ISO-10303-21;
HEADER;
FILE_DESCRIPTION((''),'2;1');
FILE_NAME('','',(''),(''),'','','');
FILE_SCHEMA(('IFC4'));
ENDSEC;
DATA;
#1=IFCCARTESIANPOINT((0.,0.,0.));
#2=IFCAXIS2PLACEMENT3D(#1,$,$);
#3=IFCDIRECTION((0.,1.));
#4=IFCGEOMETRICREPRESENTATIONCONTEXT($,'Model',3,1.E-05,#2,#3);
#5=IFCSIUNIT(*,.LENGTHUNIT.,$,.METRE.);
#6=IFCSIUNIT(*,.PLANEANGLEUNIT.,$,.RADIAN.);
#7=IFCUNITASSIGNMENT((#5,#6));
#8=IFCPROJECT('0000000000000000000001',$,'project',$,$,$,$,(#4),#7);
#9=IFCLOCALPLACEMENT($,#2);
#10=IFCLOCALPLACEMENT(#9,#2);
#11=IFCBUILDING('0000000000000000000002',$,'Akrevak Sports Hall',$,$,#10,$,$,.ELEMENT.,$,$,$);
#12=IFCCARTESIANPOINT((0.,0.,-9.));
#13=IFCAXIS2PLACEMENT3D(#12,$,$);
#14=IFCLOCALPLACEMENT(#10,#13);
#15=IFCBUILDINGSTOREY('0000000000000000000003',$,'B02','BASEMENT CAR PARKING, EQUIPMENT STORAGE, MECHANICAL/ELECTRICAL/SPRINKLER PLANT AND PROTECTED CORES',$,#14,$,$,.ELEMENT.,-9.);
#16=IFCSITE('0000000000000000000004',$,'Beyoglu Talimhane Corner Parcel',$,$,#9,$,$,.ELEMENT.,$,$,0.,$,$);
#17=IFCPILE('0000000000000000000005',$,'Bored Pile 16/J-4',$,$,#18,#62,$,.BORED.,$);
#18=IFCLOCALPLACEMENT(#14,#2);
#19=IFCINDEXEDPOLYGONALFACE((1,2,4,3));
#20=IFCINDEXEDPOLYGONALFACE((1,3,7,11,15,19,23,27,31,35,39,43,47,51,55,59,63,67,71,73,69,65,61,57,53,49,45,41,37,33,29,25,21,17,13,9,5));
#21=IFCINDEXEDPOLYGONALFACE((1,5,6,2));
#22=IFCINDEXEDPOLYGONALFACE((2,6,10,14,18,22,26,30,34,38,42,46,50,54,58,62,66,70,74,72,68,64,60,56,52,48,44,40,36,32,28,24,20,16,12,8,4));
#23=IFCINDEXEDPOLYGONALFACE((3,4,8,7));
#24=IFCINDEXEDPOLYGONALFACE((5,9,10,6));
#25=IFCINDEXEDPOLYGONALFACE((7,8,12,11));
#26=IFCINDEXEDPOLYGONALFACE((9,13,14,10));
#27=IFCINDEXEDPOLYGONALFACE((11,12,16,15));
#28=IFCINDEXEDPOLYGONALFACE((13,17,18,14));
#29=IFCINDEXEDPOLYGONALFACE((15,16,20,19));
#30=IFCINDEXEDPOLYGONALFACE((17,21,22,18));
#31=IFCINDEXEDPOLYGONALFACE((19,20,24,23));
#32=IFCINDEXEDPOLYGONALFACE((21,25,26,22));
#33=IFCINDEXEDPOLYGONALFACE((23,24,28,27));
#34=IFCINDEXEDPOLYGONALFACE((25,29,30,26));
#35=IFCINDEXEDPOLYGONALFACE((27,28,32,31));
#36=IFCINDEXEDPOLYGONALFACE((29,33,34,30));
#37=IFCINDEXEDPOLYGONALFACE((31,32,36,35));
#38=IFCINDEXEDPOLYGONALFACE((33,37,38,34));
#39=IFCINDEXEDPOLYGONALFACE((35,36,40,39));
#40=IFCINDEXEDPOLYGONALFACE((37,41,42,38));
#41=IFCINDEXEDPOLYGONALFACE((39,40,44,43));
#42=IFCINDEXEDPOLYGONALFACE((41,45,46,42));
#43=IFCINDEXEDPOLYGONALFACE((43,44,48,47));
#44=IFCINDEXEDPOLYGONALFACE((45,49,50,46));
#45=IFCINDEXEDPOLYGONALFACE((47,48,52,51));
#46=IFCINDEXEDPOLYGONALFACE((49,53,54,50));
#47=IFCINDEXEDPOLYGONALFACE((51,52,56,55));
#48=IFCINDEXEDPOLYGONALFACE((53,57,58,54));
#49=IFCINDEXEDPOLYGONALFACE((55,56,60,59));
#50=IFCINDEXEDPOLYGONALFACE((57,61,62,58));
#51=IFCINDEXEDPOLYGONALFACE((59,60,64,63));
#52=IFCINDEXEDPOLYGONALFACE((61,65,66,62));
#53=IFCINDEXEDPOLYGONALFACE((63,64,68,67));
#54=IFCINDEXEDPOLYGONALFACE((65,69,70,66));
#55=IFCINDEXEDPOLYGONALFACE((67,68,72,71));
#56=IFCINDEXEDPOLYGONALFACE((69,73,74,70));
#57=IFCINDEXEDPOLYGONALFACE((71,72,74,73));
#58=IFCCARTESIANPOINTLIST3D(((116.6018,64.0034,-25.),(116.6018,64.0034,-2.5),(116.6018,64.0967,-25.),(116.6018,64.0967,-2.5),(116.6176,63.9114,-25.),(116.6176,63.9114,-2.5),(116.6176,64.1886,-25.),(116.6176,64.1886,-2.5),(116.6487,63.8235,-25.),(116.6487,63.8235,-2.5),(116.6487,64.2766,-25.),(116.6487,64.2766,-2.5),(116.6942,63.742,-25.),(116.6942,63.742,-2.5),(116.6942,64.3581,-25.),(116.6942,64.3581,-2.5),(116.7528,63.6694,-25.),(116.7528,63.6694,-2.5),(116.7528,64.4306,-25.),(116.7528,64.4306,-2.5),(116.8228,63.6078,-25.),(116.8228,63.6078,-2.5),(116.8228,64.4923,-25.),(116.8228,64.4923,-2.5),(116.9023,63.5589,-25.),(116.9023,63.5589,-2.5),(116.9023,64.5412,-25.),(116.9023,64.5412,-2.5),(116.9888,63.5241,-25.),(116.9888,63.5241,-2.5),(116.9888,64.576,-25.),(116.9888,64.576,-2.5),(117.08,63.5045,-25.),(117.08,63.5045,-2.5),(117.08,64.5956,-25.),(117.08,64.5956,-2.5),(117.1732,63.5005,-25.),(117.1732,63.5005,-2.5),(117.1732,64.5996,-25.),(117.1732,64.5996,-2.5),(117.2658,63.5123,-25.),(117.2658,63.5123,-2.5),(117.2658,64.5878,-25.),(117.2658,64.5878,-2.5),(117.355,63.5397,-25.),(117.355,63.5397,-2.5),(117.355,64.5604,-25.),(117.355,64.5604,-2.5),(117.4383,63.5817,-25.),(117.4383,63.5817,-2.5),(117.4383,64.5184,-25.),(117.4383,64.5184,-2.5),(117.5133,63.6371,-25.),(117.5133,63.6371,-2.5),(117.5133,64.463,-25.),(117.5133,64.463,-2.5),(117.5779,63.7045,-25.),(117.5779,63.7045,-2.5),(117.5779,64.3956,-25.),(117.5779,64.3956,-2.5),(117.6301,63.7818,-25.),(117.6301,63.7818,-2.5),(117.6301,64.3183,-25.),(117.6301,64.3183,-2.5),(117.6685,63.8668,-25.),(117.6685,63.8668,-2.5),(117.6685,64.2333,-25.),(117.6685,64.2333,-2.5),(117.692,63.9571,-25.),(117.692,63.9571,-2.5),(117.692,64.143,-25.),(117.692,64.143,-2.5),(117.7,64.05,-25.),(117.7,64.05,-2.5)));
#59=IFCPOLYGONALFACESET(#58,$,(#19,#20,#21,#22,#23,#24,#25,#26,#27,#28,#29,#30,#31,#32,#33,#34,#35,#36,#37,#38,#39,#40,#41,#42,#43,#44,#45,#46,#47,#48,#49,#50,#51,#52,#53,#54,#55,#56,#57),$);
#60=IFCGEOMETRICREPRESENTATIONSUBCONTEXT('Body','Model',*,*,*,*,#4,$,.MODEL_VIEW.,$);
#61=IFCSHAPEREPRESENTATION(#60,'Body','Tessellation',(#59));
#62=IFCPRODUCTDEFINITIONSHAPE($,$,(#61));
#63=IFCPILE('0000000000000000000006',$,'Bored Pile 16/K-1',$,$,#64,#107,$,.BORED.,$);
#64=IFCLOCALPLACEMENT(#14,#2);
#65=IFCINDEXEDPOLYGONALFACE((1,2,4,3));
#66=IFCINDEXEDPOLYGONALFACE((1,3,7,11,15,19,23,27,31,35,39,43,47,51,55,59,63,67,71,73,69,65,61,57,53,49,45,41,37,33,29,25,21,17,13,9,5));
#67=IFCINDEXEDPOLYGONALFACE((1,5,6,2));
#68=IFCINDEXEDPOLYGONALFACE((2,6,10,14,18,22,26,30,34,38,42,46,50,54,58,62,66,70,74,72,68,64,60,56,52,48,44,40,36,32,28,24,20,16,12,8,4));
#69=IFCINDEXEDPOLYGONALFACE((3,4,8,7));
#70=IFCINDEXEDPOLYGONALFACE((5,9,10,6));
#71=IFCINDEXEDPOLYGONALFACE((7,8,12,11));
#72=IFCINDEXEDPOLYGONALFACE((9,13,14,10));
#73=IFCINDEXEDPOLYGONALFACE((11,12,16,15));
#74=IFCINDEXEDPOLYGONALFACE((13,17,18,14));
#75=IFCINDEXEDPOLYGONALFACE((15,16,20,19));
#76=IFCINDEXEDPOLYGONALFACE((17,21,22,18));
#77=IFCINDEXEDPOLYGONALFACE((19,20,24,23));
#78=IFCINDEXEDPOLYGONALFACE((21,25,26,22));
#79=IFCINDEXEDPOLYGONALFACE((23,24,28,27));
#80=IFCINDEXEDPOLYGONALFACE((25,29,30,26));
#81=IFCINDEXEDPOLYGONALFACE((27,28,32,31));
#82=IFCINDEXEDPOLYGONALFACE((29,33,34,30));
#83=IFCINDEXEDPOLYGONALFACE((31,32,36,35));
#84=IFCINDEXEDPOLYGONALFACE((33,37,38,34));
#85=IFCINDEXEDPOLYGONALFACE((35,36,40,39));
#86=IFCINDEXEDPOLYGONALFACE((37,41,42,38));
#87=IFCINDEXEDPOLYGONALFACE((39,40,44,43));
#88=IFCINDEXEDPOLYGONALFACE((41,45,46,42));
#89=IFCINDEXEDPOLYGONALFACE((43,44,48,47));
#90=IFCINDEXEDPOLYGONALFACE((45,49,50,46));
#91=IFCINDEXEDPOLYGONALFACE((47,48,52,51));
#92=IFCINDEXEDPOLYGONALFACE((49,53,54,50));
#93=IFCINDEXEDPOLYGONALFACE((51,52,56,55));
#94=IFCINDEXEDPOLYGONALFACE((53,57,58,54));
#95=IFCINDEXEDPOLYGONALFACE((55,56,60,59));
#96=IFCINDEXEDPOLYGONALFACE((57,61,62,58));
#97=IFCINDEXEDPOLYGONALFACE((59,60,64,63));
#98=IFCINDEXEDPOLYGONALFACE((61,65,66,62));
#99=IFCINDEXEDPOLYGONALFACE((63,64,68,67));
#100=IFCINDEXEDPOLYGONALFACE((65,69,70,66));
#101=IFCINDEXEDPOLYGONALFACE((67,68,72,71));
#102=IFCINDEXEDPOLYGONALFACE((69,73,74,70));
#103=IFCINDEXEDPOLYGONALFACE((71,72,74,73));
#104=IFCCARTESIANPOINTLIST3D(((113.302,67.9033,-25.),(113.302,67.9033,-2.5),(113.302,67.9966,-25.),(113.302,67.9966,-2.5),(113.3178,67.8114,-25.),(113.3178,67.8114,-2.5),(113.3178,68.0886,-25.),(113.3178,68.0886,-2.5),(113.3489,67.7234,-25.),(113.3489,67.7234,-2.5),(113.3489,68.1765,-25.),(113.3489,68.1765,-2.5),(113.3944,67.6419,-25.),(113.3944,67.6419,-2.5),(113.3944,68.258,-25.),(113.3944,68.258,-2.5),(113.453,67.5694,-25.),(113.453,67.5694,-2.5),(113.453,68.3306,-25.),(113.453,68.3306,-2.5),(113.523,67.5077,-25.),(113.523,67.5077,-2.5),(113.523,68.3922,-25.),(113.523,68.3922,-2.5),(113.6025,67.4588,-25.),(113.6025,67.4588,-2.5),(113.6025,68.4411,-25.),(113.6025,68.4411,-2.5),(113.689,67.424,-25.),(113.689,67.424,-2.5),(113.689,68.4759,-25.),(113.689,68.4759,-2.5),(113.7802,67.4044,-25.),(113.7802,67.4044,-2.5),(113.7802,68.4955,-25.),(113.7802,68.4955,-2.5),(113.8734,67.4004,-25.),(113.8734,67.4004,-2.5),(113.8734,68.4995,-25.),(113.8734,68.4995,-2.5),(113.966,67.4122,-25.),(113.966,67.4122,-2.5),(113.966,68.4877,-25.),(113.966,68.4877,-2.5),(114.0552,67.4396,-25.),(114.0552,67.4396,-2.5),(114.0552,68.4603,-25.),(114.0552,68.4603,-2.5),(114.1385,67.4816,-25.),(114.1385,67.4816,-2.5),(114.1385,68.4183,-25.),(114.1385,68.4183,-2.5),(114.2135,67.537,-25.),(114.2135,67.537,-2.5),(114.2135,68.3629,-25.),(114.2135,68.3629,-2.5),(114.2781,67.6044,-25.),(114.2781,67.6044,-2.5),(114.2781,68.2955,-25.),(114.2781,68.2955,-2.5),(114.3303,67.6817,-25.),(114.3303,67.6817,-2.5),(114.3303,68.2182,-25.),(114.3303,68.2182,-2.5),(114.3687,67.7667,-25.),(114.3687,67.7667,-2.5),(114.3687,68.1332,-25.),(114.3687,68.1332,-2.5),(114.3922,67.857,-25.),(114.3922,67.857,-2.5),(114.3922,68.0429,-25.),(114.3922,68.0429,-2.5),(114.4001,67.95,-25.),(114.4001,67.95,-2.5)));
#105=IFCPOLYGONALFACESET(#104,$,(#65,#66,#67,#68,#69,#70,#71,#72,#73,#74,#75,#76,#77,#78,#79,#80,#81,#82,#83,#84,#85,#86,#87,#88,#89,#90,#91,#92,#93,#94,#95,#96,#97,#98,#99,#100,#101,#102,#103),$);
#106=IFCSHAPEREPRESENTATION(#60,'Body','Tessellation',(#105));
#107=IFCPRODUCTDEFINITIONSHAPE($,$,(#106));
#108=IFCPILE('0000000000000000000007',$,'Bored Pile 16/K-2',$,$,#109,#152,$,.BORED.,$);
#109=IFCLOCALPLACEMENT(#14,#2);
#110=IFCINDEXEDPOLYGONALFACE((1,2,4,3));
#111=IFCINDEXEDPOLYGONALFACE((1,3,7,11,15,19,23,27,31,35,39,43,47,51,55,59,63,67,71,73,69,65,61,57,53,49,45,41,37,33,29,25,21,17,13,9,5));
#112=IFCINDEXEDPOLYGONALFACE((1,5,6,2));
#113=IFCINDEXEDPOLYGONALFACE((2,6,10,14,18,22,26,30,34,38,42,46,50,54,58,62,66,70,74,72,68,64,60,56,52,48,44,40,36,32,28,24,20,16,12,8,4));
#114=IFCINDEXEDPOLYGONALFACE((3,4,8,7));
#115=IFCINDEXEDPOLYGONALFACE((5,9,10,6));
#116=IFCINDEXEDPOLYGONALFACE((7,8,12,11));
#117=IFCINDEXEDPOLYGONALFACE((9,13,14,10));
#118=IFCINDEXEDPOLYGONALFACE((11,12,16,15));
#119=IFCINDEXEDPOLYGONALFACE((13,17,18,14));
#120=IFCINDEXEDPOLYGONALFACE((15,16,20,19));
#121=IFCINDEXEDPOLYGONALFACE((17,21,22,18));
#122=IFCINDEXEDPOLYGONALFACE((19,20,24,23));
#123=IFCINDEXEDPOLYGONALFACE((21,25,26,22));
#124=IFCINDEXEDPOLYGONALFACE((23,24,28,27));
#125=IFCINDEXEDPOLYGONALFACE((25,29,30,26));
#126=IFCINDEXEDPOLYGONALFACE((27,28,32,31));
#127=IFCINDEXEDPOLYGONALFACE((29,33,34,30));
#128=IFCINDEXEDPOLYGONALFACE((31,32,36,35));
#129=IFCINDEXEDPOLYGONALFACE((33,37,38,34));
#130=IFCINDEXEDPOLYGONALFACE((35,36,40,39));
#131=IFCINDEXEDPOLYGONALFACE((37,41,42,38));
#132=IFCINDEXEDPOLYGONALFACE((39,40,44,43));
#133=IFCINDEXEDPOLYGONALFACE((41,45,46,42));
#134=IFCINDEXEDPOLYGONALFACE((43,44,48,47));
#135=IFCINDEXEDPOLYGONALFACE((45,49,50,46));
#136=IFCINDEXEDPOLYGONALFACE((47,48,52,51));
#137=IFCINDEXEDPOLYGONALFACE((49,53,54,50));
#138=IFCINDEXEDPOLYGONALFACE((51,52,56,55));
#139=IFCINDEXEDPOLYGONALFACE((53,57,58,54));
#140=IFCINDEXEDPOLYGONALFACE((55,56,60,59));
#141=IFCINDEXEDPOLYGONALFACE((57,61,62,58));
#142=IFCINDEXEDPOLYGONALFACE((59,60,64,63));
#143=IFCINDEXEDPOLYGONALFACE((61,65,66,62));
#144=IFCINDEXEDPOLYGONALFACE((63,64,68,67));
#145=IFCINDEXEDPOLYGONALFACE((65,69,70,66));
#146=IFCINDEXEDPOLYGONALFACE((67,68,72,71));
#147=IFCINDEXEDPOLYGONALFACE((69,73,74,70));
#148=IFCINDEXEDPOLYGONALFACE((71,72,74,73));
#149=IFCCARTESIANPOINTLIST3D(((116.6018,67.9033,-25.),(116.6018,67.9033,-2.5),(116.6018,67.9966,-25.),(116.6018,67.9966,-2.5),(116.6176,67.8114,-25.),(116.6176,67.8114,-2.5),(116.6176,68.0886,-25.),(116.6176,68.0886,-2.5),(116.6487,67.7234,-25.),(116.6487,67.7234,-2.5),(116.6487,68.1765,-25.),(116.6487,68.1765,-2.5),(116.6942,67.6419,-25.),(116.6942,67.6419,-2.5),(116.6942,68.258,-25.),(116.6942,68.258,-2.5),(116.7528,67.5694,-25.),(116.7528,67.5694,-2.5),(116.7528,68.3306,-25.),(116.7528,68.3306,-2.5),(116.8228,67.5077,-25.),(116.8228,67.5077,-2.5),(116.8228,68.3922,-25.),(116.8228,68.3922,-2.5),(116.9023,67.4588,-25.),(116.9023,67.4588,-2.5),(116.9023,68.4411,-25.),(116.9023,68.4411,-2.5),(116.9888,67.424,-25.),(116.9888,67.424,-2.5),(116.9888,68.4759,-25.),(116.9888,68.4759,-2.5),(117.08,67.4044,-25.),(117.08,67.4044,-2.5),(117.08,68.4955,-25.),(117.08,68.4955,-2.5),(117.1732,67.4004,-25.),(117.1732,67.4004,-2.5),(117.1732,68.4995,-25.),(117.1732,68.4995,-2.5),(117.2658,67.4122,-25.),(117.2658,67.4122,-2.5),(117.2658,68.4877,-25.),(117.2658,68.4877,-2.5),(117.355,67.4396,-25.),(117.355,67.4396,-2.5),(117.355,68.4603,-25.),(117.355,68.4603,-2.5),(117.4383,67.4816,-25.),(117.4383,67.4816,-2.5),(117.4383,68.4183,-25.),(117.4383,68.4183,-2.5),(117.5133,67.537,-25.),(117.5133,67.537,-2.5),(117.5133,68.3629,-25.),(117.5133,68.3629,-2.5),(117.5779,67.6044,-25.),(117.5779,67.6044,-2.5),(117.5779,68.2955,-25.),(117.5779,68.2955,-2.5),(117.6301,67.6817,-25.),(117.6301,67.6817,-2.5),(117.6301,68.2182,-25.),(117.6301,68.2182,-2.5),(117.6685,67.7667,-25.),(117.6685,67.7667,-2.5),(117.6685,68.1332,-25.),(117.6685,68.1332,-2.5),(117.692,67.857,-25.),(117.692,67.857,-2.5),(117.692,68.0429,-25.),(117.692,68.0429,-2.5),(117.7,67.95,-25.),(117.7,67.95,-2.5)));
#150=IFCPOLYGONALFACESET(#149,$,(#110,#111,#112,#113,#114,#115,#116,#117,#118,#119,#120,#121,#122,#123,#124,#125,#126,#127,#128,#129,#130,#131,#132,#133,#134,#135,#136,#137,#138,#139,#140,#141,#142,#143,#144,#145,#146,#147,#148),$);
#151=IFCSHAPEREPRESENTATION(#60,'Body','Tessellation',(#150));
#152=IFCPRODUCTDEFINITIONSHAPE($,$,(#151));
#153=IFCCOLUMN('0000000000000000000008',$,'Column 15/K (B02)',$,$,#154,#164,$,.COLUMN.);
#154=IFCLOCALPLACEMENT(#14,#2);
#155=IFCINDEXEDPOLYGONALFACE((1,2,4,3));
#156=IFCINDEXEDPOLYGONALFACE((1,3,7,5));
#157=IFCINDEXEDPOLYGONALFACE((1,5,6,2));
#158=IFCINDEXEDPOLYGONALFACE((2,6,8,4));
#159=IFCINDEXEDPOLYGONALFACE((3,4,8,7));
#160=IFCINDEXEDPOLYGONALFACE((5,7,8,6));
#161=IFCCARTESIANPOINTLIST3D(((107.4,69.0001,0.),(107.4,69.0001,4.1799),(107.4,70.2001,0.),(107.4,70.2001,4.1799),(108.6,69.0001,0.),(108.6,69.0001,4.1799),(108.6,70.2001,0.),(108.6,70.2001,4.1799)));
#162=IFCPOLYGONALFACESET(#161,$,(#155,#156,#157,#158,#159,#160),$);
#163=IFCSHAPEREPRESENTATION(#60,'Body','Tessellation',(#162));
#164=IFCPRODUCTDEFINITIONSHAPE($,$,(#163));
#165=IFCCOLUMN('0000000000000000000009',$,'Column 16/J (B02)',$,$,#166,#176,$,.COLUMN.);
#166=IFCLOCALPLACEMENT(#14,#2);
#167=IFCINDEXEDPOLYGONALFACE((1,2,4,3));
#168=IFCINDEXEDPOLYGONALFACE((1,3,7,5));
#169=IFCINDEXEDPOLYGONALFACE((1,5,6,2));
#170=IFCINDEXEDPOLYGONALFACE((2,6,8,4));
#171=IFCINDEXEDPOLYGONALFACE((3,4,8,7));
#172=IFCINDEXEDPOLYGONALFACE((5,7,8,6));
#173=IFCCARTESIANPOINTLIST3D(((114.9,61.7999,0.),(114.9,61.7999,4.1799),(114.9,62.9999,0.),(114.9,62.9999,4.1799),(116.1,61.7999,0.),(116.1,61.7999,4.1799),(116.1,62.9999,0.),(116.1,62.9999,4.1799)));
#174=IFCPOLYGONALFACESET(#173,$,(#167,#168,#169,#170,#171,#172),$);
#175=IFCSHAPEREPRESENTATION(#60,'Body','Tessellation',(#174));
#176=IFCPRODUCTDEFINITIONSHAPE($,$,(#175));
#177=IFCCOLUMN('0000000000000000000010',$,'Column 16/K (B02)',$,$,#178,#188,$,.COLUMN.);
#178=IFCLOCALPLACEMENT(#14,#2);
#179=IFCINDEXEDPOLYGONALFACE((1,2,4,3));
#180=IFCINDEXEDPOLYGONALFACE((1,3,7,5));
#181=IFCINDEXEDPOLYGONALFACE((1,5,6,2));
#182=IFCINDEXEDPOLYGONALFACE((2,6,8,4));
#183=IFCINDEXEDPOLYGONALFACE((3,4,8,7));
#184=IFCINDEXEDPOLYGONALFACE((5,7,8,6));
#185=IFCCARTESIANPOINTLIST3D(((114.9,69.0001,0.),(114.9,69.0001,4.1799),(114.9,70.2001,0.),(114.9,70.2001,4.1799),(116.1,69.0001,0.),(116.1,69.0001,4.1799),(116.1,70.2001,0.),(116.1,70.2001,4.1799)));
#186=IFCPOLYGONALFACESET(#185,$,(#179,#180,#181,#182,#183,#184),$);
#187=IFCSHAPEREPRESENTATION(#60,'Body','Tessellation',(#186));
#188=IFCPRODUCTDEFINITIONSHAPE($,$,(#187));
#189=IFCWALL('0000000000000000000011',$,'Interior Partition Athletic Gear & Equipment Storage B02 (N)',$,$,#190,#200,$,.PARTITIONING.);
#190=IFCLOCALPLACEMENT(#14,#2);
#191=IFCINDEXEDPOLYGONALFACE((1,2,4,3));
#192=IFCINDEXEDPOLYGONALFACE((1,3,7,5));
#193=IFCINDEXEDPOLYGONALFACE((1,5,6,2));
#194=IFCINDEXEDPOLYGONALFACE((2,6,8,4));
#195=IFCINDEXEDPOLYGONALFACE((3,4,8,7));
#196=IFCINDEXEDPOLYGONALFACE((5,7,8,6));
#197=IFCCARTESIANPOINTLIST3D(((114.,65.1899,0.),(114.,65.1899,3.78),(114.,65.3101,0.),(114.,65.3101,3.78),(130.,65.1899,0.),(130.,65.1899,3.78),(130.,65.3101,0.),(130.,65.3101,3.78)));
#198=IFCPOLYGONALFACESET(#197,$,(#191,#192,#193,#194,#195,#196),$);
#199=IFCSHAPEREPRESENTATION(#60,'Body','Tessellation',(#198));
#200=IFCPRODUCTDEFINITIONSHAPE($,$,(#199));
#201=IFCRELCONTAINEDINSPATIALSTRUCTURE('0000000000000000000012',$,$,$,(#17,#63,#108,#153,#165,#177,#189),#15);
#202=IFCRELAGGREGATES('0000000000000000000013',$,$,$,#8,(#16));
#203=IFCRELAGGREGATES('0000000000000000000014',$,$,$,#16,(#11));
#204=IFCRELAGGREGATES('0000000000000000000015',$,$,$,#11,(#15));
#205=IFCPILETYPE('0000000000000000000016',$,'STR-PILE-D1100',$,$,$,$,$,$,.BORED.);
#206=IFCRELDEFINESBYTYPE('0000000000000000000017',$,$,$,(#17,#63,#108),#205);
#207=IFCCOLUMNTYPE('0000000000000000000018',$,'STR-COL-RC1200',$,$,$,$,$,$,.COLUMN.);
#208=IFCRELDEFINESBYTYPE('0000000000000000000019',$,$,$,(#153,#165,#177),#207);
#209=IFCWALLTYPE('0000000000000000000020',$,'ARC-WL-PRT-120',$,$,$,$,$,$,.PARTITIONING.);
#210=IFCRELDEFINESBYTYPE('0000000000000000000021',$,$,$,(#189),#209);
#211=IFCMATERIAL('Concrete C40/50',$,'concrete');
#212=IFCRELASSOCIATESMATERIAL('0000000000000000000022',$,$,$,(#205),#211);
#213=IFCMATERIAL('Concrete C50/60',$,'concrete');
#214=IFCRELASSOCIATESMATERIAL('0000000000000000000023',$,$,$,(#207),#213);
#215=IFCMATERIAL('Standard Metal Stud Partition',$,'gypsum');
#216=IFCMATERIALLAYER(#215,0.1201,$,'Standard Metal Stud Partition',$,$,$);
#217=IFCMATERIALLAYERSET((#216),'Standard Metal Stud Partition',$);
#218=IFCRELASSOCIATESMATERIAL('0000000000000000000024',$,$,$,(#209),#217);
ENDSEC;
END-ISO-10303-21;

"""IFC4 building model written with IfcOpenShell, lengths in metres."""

from ifc_helpers import new_model, si_unit, direction, frame, frame_2d, origin, origin_2d, place, context, subcontext, project, spatial, rectangle, circle, extrude, material, layer, layer_set, material_profile, profile_set, type_object, element, save


model = new_model("IFC4")

# Units and contexts
model_context = context("Model", 3, precision=1e-05, world=origin(), true_north=direction((0.0, 1.0)))
body_context = subcontext(model_context, "Body", "Model", "MODEL_VIEW")
ifc_project = project(units=[si_unit("LENGTHUNIT", "METRE"), si_unit("PLANEANGLEUNIT", "RADIAN")], contexts=[model_context])

# Site, building, storey
site_placement = place(None, origin())
site = spatial("IfcSite", under=ifc_project, at=site_placement, Name="Beyoglu Talimhane Corner Parcel", CompositionType="ELEMENT", RefElevation=0.0)
building_placement = place(site_placement, origin())
building = spatial("IfcBuilding", under=site, at=building_placement, Name="Akrevak Sports Hall", CompositionType="ELEMENT")
storey_placement = place(building_placement, frame((0.0, 0.0, -9.0)))
storey = spatial("IfcBuildingStorey", under=building, at=storey_placement, Name="B02", Description="BASEMENT CAR PARKING, EQUIPMENT STORAGE, MECHANICAL/ELECTRICAL/SPRINKLER PLANT AND PROTECTED CORES", CompositionType="ELEMENT", Elevation=-9.0)

# Shared definitions
ifc_material_1 = material(Name="Concrete C40/50", Category="concrete")

# Piles
ifc_material_profile_1 = material_profile(ifc_material_1, circle(Radius=0.55, at=origin_2d()), Name="BORED PILE D1100", Category="concrete")
ifc_profile_set_1 = profile_set([ifc_material_profile_1], Name="Concrete C40/50")
pile_type = type_object("IfcPileType", Name="STR-PILE-D1100", PredefinedType="BORED", material=ifc_profile_set_1)
for number, where, z_axis, x_axis, name in (
    (1, (117.1499, 64.05, -2.5), (0.0, 0.0, -1.0), (1.0, 0.0, 0.0), "Bored Pile 16/J-4"),
    (2, (113.8501, 67.95, -2.5), (0.0, 0.0, -1.0), (1.0, 0.0, 0.0), "Bored Pile 16/K-1"),
    (3, (117.1499, 67.95, -2.5), (0.0, 0.0, -1.0), (1.0, 0.0, 0.0), "Bored Pile 16/K-2"),
):
    element("IfcPile", number, at=place(storey_placement, frame(where, z_axis=z_axis, x_axis=x_axis)), inside=storey, type_object=pile_type, Name=name, PredefinedType="BORED", context=body_context, shape_type="SweptSolid", body=[
        extrude(circle(Radius=0.55, at=origin_2d()), origin(), (0.0, 0.0, 1.0), 22.5),
    ])

# Columns
ifc_material_2 = material(Name="Concrete C50/60", Category="concrete")
ifc_material_profile_2 = material_profile(ifc_material_2, rectangle(XDim=1.2, YDim=1.2, at=origin_2d()), Name="RC 1200x1200", Category="concrete")
ifc_profile_set_2 = profile_set([ifc_material_profile_2], Name="Concrete C50/60")
column_type = type_object("IfcColumnType", Name="STR-COL-RC1200", PredefinedType="COLUMN", material=ifc_profile_set_2)
for number, where, z_axis, x_axis, name in (
    (4, (108.0, 69.6001, 0.0), (0.0, 0.0, 1.0), (1.0, 0.0, 0.0), "Column 15/K (B02)"),
    (5, (115.5, 62.3999, 0.0), (0.0, 0.0, 1.0), (1.0, 0.0, 0.0), "Column 16/J (B02)"),
    (6, (115.5, 69.6001, 0.0), (0.0, 0.0, 1.0), (1.0, 0.0, 0.0), "Column 16/K (B02)"),
):
    element("IfcColumn", number, at=place(storey_placement, frame(where, z_axis=z_axis, x_axis=x_axis)), inside=storey, type_object=column_type, Name=name, PredefinedType="COLUMN", context=body_context, shape_type="SweptSolid", body=[
        extrude(rectangle(XDim=1.2, YDim=1.2, at=origin_2d()), origin(), (0.0, 0.0, 1.0), 4.1799),
    ])

# Wall
ifc_material_3 = material(Name="Standard Metal Stud Partition", Category="gypsum")
ifc_layer_1 = layer(ifc_material_3, 0.1201, Name="Standard Metal Stud Partition")
ifc_layer_set_1 = layer_set([ifc_layer_1], Name="Standard Metal Stud Partition")
wall_type_1 = type_object("IfcWallType", Name="ARC-WL-PRT-120", PredefinedType="PARTITIONING", material=ifc_layer_set_1)
wall_1_placement = place(storey_placement, frame((114.0, 65.25, 0.0), z_axis=(0.0, 0.0, 1.0), x_axis=(1.0, 0.0, 0.0)))
element("IfcWall", 7, at=wall_1_placement, inside=storey, type_object=wall_type_1, Name="Interior Partition Athletic Gear & Equipment Storage B02 (N)", PredefinedType="PARTITIONING", context=body_context, shape_type="SweptSolid", body=[
    extrude(rectangle(XDim=16.0, YDim=0.1201, at=frame_2d((8.0, 0.0))), origin(), (0.0, 0.0, 1.0), 3.78),
])

save(model, "model.ifc")
